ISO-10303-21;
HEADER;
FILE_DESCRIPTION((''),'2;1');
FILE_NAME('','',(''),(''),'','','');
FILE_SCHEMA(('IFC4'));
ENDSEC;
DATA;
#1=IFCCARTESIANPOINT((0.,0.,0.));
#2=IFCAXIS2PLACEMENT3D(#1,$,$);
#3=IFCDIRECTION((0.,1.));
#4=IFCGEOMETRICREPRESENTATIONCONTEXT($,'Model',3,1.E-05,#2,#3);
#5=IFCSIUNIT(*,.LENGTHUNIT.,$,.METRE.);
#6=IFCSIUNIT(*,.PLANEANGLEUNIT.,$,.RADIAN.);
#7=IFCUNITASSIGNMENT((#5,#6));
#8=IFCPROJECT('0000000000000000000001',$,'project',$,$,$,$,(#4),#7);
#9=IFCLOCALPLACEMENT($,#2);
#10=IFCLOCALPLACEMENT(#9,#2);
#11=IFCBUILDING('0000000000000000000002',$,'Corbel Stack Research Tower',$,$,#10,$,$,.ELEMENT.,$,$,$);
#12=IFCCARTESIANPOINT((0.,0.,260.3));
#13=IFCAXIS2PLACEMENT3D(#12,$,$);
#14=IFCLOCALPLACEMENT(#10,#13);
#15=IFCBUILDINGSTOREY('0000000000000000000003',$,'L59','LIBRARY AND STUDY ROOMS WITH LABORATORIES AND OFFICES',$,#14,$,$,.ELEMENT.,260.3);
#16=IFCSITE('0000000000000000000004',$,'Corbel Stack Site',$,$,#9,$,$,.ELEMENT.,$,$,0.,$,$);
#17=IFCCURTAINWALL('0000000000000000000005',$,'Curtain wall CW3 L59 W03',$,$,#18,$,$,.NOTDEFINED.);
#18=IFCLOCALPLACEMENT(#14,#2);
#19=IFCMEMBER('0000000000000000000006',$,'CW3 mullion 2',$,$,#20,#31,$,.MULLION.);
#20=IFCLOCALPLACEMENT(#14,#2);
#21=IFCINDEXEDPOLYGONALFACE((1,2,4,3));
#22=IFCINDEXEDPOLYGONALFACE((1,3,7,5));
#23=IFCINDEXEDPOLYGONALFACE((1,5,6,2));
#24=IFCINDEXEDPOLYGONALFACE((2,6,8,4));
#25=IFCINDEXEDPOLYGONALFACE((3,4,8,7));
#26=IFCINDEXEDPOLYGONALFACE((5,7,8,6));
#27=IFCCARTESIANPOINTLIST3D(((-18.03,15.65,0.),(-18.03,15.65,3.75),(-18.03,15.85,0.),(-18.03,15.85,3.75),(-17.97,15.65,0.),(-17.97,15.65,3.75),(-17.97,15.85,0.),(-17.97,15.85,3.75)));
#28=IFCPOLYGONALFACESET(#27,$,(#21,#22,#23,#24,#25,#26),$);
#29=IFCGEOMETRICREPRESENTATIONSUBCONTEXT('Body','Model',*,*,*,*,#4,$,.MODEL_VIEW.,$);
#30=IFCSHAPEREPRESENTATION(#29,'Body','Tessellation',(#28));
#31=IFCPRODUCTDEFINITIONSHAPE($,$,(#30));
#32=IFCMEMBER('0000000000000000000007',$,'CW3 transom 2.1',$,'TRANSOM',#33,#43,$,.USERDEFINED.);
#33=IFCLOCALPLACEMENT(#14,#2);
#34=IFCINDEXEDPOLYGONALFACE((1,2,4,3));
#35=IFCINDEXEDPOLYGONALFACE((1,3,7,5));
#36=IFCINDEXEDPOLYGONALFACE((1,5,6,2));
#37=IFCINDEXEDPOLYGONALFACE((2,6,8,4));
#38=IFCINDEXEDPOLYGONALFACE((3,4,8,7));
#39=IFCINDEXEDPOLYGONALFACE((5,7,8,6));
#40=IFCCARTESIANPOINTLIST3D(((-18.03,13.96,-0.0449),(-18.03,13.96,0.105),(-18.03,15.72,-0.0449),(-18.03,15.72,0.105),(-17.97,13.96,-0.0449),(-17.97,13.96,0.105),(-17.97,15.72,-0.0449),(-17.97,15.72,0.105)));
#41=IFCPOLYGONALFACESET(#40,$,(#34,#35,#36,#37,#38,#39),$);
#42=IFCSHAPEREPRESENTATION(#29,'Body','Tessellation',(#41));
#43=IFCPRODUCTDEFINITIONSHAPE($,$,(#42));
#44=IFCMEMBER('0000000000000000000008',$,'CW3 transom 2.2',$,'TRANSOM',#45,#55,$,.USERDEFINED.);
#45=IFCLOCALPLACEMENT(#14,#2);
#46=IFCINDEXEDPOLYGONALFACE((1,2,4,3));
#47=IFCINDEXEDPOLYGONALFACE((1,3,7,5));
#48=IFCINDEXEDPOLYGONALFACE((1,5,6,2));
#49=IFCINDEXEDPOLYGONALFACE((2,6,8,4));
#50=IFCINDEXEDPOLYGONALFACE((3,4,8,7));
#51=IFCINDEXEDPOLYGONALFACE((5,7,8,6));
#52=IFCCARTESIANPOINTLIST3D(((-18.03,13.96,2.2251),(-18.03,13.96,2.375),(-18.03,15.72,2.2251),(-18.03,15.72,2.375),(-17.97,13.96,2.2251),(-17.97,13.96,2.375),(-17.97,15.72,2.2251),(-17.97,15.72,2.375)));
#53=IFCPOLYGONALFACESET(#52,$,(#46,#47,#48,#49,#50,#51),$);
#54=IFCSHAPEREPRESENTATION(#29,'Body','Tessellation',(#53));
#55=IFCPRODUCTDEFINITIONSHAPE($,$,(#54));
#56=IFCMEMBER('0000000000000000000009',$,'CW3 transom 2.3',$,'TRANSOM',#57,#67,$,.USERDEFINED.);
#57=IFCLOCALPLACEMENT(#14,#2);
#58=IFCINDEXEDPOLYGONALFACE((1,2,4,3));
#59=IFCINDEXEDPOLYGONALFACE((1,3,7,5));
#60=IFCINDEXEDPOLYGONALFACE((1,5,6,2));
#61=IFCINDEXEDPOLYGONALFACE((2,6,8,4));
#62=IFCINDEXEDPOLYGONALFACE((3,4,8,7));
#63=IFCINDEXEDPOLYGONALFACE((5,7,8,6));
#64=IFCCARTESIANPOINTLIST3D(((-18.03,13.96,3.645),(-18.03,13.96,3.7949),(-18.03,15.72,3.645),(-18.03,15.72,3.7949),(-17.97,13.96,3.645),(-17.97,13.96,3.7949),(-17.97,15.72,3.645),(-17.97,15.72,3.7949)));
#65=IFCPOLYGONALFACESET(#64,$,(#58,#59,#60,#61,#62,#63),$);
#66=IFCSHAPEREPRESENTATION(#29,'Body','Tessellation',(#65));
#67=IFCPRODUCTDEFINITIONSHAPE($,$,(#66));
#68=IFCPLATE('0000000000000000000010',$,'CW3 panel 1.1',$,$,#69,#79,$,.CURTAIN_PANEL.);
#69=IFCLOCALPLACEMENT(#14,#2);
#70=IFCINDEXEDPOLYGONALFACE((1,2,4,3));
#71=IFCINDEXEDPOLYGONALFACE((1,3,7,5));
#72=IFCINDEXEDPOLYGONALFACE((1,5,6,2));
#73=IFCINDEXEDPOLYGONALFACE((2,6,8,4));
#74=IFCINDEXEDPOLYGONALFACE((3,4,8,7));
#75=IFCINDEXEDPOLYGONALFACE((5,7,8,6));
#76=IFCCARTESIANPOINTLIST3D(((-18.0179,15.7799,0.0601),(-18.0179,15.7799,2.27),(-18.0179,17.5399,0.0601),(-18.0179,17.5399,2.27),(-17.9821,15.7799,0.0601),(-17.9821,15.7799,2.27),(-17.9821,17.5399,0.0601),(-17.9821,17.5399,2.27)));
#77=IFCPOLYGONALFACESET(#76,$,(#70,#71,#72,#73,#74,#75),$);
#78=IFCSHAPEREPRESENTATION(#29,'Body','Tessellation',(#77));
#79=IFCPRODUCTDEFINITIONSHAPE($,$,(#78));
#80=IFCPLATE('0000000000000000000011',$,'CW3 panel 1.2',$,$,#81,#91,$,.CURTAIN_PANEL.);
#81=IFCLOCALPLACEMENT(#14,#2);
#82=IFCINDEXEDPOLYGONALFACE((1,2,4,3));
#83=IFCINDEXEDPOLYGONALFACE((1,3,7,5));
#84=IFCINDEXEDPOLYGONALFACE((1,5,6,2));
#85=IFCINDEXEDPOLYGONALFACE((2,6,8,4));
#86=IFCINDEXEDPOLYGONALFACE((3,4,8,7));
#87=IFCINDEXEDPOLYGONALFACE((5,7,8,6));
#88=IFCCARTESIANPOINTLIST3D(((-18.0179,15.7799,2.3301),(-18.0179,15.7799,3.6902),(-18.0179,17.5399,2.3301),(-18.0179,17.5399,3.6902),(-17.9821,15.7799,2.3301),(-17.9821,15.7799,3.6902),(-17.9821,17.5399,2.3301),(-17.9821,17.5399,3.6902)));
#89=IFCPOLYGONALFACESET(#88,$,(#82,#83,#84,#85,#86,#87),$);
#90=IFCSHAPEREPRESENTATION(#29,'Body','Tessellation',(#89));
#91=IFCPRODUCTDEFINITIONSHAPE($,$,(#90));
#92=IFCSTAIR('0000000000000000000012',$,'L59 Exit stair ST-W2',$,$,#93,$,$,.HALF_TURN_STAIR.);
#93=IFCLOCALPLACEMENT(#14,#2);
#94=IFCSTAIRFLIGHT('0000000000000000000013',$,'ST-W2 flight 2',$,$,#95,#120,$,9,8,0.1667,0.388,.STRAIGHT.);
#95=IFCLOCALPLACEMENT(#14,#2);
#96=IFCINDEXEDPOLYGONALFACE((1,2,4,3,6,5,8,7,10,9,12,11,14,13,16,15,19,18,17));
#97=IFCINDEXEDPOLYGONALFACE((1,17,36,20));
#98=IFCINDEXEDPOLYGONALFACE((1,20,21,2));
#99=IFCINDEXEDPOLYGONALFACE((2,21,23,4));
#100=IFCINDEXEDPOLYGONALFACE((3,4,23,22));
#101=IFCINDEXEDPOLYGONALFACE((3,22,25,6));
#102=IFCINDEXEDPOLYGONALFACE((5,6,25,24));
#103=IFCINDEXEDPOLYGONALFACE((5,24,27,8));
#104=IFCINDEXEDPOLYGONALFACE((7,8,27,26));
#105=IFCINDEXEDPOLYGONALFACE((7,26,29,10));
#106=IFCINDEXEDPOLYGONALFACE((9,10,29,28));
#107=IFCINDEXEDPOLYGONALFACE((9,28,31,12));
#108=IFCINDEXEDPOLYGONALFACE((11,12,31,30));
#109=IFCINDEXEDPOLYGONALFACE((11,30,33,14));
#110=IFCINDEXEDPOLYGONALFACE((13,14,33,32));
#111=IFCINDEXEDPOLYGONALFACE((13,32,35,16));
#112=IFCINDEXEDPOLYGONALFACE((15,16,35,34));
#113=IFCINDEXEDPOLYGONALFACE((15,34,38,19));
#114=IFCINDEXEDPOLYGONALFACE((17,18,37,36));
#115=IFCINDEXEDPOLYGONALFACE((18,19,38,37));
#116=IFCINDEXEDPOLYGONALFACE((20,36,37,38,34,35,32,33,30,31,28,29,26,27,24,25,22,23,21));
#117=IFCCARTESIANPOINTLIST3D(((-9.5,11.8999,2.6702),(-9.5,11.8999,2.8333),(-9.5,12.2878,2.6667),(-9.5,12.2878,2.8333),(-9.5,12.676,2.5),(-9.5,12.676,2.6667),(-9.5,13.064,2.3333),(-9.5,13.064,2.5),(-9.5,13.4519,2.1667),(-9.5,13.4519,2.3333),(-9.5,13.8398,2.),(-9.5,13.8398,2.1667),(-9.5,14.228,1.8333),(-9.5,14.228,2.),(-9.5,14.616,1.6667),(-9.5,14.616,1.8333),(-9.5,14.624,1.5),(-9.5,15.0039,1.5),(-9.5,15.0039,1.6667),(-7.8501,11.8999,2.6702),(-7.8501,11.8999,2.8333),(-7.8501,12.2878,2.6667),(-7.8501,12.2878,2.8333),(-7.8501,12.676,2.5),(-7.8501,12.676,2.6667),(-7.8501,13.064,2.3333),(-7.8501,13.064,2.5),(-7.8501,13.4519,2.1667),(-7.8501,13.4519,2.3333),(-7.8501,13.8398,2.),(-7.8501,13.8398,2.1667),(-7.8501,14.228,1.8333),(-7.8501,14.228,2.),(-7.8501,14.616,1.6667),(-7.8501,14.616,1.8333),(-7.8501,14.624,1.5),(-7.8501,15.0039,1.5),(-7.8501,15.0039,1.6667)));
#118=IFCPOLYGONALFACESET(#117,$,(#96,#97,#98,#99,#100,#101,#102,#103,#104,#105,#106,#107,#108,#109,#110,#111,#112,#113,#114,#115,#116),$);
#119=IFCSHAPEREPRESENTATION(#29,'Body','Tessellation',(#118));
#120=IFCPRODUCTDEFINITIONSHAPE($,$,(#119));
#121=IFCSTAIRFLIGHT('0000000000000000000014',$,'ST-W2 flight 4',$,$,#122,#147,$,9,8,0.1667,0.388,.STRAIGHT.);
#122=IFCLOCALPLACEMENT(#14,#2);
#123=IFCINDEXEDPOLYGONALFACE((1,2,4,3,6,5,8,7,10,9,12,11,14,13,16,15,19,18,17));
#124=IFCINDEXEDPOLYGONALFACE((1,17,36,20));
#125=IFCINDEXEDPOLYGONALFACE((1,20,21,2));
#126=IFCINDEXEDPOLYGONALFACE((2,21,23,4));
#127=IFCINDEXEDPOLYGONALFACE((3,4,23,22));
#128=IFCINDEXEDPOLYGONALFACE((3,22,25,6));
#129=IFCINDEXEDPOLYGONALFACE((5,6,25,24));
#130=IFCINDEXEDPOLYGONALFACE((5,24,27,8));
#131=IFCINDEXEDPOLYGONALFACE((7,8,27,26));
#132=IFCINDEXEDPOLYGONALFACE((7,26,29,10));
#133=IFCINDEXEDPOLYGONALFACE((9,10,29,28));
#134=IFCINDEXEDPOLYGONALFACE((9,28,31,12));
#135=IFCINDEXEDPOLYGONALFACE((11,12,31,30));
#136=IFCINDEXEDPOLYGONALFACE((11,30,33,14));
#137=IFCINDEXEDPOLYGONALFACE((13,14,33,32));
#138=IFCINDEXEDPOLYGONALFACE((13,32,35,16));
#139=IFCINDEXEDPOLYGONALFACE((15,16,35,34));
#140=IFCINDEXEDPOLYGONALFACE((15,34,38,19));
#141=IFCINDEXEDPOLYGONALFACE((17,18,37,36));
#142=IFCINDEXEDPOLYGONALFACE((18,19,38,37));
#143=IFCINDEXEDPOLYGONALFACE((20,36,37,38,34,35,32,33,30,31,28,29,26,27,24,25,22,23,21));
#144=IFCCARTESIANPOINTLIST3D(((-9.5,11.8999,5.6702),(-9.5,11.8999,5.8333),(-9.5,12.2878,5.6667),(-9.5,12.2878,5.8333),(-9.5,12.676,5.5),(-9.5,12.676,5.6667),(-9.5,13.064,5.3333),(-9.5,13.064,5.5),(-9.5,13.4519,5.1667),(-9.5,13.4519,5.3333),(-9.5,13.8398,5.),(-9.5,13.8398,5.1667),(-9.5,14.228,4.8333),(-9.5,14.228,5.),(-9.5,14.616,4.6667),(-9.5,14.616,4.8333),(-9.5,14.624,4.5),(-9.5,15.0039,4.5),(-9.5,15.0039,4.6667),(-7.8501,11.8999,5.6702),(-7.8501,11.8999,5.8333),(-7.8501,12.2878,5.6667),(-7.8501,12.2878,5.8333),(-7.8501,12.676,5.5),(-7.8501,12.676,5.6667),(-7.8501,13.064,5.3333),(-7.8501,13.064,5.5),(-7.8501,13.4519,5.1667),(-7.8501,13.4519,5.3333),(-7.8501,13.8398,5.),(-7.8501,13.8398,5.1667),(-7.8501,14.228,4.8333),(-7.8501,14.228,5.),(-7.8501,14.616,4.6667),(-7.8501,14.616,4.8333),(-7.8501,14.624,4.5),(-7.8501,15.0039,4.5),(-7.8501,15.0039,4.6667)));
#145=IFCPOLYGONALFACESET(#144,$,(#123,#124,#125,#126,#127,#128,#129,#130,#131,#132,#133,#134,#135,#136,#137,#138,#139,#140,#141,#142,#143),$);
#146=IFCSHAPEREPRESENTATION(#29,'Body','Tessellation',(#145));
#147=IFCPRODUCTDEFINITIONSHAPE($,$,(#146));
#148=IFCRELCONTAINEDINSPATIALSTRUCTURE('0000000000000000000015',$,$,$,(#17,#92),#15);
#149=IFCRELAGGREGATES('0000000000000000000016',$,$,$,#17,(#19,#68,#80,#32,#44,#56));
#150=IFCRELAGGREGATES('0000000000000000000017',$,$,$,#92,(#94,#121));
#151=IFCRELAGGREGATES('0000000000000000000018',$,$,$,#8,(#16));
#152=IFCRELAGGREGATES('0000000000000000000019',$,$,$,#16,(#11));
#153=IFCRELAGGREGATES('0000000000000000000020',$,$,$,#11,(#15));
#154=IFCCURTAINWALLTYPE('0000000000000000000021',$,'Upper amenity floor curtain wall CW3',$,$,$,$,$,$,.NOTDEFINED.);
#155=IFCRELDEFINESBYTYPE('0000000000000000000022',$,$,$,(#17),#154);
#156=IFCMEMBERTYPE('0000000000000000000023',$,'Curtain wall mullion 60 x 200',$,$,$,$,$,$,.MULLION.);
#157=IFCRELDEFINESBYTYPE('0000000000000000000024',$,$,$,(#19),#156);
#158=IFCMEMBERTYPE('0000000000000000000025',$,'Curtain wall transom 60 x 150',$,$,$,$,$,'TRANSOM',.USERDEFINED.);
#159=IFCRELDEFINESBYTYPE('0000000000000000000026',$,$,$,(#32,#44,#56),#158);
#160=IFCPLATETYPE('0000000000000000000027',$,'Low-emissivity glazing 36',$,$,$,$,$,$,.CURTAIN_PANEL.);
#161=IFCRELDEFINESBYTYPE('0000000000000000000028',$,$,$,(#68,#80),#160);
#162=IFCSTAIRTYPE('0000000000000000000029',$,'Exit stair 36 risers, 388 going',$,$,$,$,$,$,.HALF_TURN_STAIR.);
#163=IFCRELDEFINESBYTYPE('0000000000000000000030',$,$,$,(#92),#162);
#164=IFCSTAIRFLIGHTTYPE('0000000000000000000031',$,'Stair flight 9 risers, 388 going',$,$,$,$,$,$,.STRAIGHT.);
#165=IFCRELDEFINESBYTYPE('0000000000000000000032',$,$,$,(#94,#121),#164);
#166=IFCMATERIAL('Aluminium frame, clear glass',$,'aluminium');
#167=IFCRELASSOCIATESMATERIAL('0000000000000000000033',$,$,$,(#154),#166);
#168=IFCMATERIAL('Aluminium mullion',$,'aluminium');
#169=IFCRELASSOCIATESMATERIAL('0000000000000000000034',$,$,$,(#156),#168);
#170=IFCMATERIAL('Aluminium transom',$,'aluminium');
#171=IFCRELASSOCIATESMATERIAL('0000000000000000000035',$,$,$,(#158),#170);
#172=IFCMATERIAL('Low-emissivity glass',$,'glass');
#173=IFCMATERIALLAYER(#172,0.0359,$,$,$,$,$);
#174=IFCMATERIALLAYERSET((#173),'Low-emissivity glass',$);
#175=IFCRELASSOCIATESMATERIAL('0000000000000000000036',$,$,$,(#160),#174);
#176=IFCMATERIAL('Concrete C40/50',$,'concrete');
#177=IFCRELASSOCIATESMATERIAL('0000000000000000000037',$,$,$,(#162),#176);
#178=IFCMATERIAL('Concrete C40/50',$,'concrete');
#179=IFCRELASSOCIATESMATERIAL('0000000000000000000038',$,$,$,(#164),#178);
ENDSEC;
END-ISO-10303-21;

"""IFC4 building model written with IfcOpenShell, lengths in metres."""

from ifc_helpers import new_model, si_unit, direction, frame, origin, origin_2d, place, context, subcontext, project, spatial, polyline, rectangle, outline, extrude, material, layer, layer_set, material_profile, profile_set, type_object, element, aggregate, save


model = new_model("IFC4")

# Units and contexts
model_context = context("Model", 3, precision=1e-05, world=origin(), true_north=direction((0.0, 1.0)))
body_context = subcontext(model_context, "Body", "Model", "MODEL_VIEW")
ifc_project = project(units=[si_unit("LENGTHUNIT", "METRE"), si_unit("PLANEANGLEUNIT", "RADIAN")], contexts=[model_context])

# Site, building, storey
site_placement = place(None, origin())
site = spatial("IfcSite", under=ifc_project, at=site_placement, Name="Corbel Stack Site", CompositionType="ELEMENT", RefElevation=0.0)
building_placement = place(site_placement, origin())
building = spatial("IfcBuilding", under=site, at=building_placement, Name="Corbel Stack Research Tower", CompositionType="ELEMENT")
storey_placement = place(building_placement, frame((0.0, 0.0, 260.3)))
storey = spatial("IfcBuildingStorey", under=building, at=storey_placement, Name="L59", Description="LIBRARY AND STUDY ROOMS WITH LABORATORIES AND OFFICES", CompositionType="ELEMENT", Elevation=260.3)

# Curtain wall, members, plates
ifc_material_1 = material(Name="Aluminium frame, clear glass", Category="aluminium")
curtain_wall_type = type_object("IfcCurtainWallType", Name="Upper amenity floor curtain wall CW3", PredefinedType="NOTDEFINED", material=ifc_material_1)
curtain_wall_placement = place(storey_placement, origin())
curtain_wall = element("IfcCurtainWall", 1, at=curtain_wall_placement, inside=storey, type_object=curtain_wall_type, Name="Curtain wall CW3 L59 W03", PredefinedType="NOTDEFINED")
ifc_material_2 = material(Name="Aluminium mullion", Category="aluminium")
ifc_material_profile_1 = material_profile(ifc_material_2, rectangle(XDim=0.0601, YDim=0.2, at=origin_2d()), Name="Mullion 60 x 200")
ifc_profile_set_1 = profile_set([ifc_material_profile_1], Name="Aluminium mullion")
member_type_1 = type_object("IfcMemberType", Name="Curtain wall mullion 60 x 200", PredefinedType="MULLION", material=ifc_profile_set_1)
member_1_placement = place(storey_placement, frame((-18.0, 15.75, 0.0), z_axis=(0.0, 0.0, 1.0), x_axis=(1.0, 0.0, 0.0)))
member_1 = element("IfcMember", 2, at=member_1_placement, type_object=member_type_1, Name="CW3 mullion 2", PredefinedType="MULLION", context=body_context, shape_type="SweptSolid", body=[
    extrude(rectangle(XDim=0.0601, YDim=0.2, at=origin_2d()), origin(), (0.0, 0.0, 1.0), 3.75),
])
ifc_material_3 = material(Name="Aluminium transom", Category="aluminium")
ifc_material_profile_2 = material_profile(ifc_material_3, rectangle(XDim=0.0601, YDim=0.1499, at=origin_2d()), Name="Transom 60 x 150")
ifc_profile_set_2 = profile_set([ifc_material_profile_2], Name="Aluminium transom")
member_type_2 = type_object("IfcMemberType", Name="Curtain wall transom 60 x 150", ElementType="TRANSOM", PredefinedType="USERDEFINED", material=ifc_profile_set_2)
member_2_placement = place(storey_placement, frame((-18.0, 15.72, 0.03), z_axis=(0.0, -1.0, 0.0), x_axis=(1.0, 0.0, 0.0)))
member_2 = element("IfcMember", 3, at=member_2_placement, type_object=member_type_2, Name="CW3 transom 2.1", ObjectType="TRANSOM", PredefinedType="USERDEFINED", context=body_context, shape_type="SweptSolid", body=[
    extrude(rectangle(XDim=0.0601, YDim=0.1499, at=origin_2d()), origin(), (0.0, 0.0, 1.0), 1.76),
])
member_3_placement = place(storey_placement, frame((-18.0, 15.72, 2.3), z_axis=(0.0, -1.0, 0.0), x_axis=(1.0, 0.0, 0.0)))
member_3 = element("IfcMember", 4, at=member_3_placement, type_object=member_type_2, Name="CW3 transom 2.2", ObjectType="TRANSOM", PredefinedType="USERDEFINED", context=body_context, shape_type="SweptSolid", body=[
    extrude(rectangle(XDim=0.0601, YDim=0.1499, at=origin_2d()), origin(), (0.0, 0.0, 1.0), 1.76),
])
member_4_placement = place(storey_placement, frame((-18.0, 15.72, 3.72), z_axis=(0.0, -1.0, 0.0), x_axis=(1.0, 0.0, 0.0)))
member_4 = element("IfcMember", 5, at=member_4_placement, type_object=member_type_2, Name="CW3 transom 2.3", ObjectType="TRANSOM", PredefinedType="USERDEFINED", context=body_context, shape_type="SweptSolid", body=[
    extrude(rectangle(XDim=0.0601, YDim=0.1499, at=origin_2d()), origin(), (0.0, 0.0, 1.0), 1.76),
])
ifc_material_4 = material(Name="Low-emissivity glass", Category="glass")
ifc_layer = layer(ifc_material_4, 0.0359)
ifc_layer_set = layer_set([ifc_layer], Name="Low-emissivity glass")
plate_type = type_object("IfcPlateType", Name="Low-emissivity glazing 36", PredefinedType="CURTAIN_PANEL", material=ifc_layer_set)
plate_1_placement = place(storey_placement, frame((-18.0, 16.6599, 0.0601), z_axis=(0.0, 0.0, 1.0), x_axis=(0.0, -1.0, 0.0)))
plate_1 = element("IfcPlate", 6, at=plate_1_placement, type_object=plate_type, Name="CW3 panel 1.1", PredefinedType="CURTAIN_PANEL", context=body_context, shape_type="SweptSolid", body=[
    extrude(rectangle(XDim=1.76, YDim=0.0359, at=origin_2d()), origin(), (0.0, 0.0, 1.0), 2.21),
])
plate_2_placement = place(storey_placement, frame((-18.0, 16.6599, 2.3301), z_axis=(0.0, 0.0, 1.0), x_axis=(0.0, -1.0, 0.0)))
plate_2 = element("IfcPlate", 7, at=plate_2_placement, type_object=plate_type, Name="CW3 panel 1.2", PredefinedType="CURTAIN_PANEL", context=body_context, shape_type="SweptSolid", body=[
    extrude(rectangle(XDim=1.76, YDim=0.0359, at=origin_2d()), origin(), (0.0, 0.0, 1.0), 1.3601),
])
aggregate(curtain_wall, [member_1, plate_1, plate_2, member_2, member_3, member_4])

# Stair, stair flights
ifc_material_5 = material(Name="Concrete C40/50", Category="concrete")
stair_type = type_object("IfcStairType", Name="Exit stair 36 risers, 388 going", PredefinedType="HALF_TURN_STAIR", material=ifc_material_5)
stair_placement = place(storey_placement, origin())
stair = element("IfcStair", 8, at=stair_placement, inside=storey, type_object=stair_type, Name="L59 Exit stair ST-W2", PredefinedType="HALF_TURN_STAIR")
ifc_material_6 = material(Name="Concrete C40/50", Category="concrete")
stair_flight_type = type_object("IfcStairFlightType", Name="Stair flight 9 risers, 388 going", PredefinedType="STRAIGHT", material=ifc_material_6)
stair_flight_1_placement = place(storey_placement, frame((-8.675, 15.0039, 1.5), z_axis=(0.0, 0.0, 1.0), x_axis=(0.0, -1.0, 0.0)))
stair_flight_1 = element("IfcStairFlight", 9, at=stair_flight_1_placement, type_object=stair_flight_type, Name="ST-W2 flight 2", NumberOfRisers=9, NumberOfTreads=8, PredefinedType="STRAIGHT", RiserHeight=0.1667, TreadLength=0.388, context=body_context, shape_type="SweptSolid", body=[
    extrude(outline(polyline([(0.0, 0.0), (0.0, 0.1667), (0.3879, 0.1667), (0.3879, 0.3333), (0.7759, 0.3333), (0.7759, 0.5), (1.1641, 0.5), (1.1641, 0.6667), (1.552, 0.6667), (1.552, 0.8333), (1.9399, 0.8333), (1.9399, 1.0), (2.3279, 1.0), (2.3279, 1.1667), (2.7161, 1.1667), (2.7161, 1.3333), (3.104, 1.3333), (3.104, 1.5), (3.104, 1.1702), (0.3799, 0.0), (0.0, 0.0)])), frame((0.0, 0.825, 0.0), z_axis=(0.0, -1.0, 0.0), x_axis=(1.0, 0.0, 0.0)), (0.0, 0.0, 1.0), 1.6499),
])
stair_flight_2_placement = place(storey_placement, frame((-8.675, 15.0039, 4.5), z_axis=(0.0, 0.0, 1.0), x_axis=(0.0, -1.0, 0.0)))
stair_flight_2 = element("IfcStairFlight", 10, at=stair_flight_2_placement, type_object=stair_flight_type, Name="ST-W2 flight 4", NumberOfRisers=9, NumberOfTreads=8, PredefinedType="STRAIGHT", RiserHeight=0.1667, TreadLength=0.388, context=body_context, shape_type="SweptSolid", body=[
    extrude(outline(polyline([(0.0, 0.0), (0.0, 0.1667), (0.3879, 0.1667), (0.3879, 0.3333), (0.7759, 0.3333), (0.7759, 0.5), (1.1641, 0.5), (1.1641, 0.6667), (1.552, 0.6667), (1.552, 0.8333), (1.9399, 0.8333), (1.9399, 1.0), (2.3279, 1.0), (2.3279, 1.1667), (2.7161, 1.1667), (2.7161, 1.3333), (3.104, 1.3333), (3.104, 1.5), (3.104, 1.1702), (0.3799, 0.0), (0.0, 0.0)])), frame((0.0, 0.825, 0.0), z_axis=(0.0, -1.0, 0.0), x_axis=(1.0, 0.0, 0.0)), (0.0, 0.0, 1.0), 1.6499),
])
aggregate(stair, [stair_flight_1, stair_flight_2])

save(model, "model.ifc")
